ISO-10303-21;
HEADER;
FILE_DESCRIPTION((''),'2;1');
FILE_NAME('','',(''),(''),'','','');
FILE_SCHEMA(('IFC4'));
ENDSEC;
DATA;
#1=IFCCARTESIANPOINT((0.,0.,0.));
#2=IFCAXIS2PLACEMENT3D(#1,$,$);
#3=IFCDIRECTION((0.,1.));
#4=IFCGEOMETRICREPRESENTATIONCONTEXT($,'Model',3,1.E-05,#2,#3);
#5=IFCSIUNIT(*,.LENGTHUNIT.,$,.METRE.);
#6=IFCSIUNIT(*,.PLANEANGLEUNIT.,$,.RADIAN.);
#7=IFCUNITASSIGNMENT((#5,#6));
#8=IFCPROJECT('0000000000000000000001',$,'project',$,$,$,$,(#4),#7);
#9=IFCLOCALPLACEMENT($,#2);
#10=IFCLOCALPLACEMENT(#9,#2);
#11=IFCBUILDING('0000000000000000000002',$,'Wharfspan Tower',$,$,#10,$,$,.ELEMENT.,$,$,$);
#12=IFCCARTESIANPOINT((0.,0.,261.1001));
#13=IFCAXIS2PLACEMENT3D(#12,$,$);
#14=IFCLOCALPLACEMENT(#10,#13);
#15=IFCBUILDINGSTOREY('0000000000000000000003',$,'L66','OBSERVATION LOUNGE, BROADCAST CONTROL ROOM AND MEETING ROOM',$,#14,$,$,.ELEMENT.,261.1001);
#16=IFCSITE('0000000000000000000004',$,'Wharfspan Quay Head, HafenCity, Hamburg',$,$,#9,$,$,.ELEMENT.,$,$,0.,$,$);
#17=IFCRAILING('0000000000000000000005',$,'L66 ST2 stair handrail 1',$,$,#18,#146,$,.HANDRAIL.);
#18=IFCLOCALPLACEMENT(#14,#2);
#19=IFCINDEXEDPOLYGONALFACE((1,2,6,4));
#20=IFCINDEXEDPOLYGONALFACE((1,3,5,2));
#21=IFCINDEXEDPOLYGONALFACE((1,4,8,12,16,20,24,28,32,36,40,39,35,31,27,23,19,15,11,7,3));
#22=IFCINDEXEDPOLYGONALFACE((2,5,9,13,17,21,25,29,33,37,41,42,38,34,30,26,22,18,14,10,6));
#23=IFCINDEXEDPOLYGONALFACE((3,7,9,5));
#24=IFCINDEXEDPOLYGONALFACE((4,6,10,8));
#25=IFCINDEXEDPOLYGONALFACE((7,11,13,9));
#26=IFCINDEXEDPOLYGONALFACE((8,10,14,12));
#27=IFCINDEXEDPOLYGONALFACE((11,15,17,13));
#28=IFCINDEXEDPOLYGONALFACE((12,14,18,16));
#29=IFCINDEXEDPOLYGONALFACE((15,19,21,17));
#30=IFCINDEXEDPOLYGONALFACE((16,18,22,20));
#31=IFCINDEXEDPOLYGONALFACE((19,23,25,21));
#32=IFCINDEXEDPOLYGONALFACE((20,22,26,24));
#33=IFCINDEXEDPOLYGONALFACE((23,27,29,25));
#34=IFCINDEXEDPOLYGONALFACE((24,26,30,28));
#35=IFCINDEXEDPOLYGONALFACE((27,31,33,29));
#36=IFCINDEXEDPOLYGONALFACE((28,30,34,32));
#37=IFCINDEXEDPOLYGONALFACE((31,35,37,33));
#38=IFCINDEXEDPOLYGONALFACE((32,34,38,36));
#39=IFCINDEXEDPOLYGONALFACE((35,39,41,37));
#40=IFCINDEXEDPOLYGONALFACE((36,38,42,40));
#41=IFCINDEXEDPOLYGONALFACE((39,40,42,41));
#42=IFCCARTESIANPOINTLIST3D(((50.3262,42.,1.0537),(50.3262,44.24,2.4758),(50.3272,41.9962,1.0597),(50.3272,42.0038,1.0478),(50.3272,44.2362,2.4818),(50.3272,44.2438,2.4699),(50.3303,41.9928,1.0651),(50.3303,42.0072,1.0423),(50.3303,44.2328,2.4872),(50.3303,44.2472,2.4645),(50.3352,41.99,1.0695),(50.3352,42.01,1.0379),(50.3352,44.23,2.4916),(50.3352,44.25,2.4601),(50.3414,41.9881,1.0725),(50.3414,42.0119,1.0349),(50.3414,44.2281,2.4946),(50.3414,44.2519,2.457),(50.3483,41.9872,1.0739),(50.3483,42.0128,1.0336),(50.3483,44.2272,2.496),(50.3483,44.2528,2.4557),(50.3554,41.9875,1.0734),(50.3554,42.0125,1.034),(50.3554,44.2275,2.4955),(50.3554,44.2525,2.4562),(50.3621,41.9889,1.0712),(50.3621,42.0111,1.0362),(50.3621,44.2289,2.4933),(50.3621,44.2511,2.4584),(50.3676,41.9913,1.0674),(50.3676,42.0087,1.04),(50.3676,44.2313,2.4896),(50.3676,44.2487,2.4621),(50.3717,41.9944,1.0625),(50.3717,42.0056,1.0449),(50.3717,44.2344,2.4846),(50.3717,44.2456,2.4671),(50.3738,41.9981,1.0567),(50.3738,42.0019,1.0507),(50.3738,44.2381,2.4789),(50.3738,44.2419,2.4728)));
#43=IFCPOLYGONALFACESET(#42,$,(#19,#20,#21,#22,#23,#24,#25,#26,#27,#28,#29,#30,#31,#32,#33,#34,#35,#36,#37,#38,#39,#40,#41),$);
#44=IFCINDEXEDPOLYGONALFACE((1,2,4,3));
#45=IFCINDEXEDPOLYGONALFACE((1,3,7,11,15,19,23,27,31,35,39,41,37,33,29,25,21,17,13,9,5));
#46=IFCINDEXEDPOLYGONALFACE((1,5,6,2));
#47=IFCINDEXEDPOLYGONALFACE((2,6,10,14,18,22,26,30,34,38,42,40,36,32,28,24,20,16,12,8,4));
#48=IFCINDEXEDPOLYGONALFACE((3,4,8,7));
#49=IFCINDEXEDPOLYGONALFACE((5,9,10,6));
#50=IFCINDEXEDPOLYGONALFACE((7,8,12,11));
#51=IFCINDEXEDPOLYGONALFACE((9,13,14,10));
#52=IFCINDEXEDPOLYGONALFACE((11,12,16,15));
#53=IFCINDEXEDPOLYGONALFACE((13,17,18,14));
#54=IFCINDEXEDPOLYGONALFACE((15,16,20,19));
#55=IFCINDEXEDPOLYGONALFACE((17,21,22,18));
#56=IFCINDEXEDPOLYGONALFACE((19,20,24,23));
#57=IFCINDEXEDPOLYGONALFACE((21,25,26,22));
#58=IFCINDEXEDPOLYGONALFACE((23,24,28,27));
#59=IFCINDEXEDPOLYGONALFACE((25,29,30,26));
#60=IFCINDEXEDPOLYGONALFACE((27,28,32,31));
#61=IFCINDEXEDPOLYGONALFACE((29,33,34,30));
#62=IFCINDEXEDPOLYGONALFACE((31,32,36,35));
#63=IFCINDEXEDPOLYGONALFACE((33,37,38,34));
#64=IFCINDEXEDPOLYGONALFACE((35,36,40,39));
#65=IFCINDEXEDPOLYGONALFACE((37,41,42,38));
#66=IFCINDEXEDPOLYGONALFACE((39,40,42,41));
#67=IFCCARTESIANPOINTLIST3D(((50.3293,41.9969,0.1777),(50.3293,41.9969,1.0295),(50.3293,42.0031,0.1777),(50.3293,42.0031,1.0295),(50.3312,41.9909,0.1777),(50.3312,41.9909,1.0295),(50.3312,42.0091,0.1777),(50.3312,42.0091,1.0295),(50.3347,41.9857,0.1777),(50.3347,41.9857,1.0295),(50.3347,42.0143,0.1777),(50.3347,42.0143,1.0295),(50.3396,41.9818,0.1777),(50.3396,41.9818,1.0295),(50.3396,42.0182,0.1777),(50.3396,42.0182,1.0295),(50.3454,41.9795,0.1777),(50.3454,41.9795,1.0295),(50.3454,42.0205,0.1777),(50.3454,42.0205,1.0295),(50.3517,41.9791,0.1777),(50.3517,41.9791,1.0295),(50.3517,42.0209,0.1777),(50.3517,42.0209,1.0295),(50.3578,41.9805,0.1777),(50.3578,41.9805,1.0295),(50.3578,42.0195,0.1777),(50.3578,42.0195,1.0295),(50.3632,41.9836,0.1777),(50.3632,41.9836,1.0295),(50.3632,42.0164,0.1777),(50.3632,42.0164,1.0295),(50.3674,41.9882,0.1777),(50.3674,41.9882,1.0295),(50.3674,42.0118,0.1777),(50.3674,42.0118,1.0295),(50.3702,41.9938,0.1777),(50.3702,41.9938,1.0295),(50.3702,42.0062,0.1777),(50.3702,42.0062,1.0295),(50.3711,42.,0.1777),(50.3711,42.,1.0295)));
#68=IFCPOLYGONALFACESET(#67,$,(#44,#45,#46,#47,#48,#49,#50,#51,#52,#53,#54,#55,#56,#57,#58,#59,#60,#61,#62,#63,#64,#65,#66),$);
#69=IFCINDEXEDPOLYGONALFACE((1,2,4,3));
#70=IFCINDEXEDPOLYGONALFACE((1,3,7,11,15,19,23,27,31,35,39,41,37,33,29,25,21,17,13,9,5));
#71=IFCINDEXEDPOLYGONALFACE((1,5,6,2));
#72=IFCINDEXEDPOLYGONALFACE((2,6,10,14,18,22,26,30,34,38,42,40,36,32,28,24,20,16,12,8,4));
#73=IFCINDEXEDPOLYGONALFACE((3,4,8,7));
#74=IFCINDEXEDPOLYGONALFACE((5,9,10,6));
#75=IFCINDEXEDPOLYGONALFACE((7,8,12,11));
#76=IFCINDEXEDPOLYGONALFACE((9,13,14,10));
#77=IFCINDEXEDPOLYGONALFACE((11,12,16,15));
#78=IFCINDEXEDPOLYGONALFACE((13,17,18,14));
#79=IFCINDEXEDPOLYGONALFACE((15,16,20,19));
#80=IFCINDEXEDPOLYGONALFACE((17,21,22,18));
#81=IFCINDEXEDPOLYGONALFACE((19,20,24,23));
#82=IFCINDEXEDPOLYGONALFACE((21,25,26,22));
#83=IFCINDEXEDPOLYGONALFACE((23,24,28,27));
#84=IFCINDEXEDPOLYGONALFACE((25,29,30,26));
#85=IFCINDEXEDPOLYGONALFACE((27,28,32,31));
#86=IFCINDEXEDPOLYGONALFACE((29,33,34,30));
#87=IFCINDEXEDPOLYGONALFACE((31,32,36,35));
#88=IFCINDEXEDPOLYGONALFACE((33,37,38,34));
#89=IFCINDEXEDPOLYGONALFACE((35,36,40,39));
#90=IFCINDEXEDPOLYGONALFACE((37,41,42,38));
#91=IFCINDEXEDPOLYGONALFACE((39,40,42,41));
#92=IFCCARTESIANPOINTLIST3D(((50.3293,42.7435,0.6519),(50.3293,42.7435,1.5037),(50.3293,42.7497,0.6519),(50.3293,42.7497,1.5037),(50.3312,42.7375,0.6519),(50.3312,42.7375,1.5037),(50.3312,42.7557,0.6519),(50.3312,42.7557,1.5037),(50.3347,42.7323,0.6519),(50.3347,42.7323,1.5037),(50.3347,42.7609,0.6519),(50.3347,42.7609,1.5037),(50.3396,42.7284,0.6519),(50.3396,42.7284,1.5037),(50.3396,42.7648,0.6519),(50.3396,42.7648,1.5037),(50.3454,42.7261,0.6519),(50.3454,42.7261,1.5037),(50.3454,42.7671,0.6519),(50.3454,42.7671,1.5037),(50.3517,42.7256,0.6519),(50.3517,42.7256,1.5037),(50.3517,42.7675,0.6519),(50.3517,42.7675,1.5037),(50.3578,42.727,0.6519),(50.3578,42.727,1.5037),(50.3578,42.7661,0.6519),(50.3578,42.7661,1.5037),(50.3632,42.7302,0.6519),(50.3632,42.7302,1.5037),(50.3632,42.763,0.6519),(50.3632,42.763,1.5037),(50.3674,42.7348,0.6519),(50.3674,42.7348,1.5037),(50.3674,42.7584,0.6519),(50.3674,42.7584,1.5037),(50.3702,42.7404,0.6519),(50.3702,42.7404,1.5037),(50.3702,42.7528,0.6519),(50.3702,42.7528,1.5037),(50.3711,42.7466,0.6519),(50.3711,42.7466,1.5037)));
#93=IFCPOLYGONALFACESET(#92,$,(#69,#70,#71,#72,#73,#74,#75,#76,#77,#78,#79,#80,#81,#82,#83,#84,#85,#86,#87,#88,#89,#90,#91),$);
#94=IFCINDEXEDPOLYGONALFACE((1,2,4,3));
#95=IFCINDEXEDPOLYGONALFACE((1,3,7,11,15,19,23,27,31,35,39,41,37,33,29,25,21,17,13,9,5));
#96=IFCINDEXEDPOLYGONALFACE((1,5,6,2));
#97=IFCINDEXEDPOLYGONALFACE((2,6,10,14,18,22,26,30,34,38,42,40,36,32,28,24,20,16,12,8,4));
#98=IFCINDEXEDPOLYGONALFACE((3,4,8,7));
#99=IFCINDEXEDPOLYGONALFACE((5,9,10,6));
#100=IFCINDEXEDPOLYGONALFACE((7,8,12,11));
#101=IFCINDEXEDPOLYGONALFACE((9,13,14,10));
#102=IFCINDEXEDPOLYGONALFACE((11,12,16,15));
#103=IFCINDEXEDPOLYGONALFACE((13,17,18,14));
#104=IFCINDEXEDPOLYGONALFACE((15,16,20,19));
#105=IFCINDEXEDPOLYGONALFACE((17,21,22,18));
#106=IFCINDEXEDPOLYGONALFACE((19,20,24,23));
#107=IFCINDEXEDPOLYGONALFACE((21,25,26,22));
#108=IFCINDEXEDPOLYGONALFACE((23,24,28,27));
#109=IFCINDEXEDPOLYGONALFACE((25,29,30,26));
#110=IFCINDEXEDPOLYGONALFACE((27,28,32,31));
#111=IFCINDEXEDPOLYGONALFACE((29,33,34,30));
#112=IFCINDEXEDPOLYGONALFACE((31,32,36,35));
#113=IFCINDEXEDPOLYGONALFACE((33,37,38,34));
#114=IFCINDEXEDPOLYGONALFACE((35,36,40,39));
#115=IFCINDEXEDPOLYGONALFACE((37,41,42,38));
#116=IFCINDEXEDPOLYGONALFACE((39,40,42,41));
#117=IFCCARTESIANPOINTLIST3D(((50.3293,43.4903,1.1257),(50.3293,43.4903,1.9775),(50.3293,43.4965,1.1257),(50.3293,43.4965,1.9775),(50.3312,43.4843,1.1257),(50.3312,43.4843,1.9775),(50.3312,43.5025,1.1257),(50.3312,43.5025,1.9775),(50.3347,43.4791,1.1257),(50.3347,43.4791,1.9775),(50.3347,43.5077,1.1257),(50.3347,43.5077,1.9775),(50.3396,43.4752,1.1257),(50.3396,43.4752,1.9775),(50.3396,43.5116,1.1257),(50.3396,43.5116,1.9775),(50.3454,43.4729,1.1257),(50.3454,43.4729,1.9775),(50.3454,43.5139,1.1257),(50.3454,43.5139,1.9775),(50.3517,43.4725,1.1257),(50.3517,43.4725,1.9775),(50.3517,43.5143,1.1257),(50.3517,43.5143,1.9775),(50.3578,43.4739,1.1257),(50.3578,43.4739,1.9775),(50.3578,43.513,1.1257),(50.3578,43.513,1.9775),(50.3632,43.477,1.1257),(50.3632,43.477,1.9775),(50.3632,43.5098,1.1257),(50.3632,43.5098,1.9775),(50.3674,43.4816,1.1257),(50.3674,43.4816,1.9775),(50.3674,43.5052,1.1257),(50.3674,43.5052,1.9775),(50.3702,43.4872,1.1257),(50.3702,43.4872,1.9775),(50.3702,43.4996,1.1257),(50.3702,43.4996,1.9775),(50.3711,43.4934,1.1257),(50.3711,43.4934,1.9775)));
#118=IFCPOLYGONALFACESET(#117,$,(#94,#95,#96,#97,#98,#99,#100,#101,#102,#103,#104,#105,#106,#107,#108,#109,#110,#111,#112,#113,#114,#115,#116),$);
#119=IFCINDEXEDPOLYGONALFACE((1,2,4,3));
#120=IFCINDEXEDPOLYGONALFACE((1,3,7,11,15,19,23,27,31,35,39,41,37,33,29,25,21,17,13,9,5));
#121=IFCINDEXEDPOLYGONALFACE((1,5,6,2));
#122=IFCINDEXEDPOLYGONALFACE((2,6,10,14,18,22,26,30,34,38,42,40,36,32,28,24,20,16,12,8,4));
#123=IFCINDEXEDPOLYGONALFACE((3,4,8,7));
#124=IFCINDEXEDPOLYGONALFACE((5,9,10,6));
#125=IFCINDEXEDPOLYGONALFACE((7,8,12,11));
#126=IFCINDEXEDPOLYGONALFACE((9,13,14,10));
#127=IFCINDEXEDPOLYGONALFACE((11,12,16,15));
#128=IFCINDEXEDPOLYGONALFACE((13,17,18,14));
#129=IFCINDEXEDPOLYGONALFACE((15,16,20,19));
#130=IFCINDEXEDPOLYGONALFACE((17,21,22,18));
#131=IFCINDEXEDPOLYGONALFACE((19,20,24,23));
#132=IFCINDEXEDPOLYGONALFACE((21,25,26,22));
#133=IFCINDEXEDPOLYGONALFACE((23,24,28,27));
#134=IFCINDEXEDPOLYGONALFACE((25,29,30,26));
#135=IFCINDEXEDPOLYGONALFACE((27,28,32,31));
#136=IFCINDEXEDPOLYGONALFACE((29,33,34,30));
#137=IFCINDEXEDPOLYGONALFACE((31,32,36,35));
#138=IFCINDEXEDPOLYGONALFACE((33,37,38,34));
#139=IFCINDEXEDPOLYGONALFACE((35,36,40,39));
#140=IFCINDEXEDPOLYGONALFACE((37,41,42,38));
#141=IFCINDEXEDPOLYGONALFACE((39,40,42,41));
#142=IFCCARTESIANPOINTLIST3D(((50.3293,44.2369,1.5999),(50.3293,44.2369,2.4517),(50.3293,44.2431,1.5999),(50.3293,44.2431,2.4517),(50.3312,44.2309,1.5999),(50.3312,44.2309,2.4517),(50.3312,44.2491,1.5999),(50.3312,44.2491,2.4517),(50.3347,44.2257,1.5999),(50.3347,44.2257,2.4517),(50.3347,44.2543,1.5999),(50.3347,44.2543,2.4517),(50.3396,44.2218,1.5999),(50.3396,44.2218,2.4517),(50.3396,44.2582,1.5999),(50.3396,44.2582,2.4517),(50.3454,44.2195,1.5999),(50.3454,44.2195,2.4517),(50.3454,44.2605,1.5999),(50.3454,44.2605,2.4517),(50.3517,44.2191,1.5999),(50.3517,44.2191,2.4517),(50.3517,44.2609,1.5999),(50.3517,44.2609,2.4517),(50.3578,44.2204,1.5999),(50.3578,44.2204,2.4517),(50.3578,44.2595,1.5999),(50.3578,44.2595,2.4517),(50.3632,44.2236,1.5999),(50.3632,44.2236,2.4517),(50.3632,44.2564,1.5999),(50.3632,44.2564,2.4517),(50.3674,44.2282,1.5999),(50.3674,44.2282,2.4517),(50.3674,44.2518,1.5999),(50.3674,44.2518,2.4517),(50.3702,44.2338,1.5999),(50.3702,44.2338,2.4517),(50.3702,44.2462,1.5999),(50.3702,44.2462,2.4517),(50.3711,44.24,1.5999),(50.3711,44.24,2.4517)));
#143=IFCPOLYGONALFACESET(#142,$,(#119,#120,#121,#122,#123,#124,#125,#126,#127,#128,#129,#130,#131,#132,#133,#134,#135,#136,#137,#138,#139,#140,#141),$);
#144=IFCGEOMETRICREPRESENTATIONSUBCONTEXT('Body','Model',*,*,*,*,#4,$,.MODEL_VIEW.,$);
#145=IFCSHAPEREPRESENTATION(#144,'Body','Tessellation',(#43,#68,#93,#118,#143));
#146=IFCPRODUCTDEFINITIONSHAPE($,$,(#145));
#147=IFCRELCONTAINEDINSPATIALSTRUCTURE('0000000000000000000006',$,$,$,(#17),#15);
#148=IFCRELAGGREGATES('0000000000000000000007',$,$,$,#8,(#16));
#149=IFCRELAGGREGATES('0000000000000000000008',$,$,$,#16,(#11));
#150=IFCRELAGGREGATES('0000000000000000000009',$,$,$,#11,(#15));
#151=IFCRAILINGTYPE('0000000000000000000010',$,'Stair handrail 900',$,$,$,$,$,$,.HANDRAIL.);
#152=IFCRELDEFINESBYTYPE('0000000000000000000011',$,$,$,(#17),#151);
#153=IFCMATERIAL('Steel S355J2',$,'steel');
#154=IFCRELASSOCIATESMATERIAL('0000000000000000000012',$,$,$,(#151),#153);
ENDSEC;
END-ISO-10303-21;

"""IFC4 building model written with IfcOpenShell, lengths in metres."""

from ifc_helpers import new_model, si_unit, direction, frame, origin, origin_2d, place, context, subcontext, project, spatial, circle, extrude, material, type_object, element, save


model = new_model("IFC4")

# Units and contexts
model_context = context("Model", 3, precision=1e-05, world=origin(), true_north=direction((0.0, 1.0)))
body_context = subcontext(model_context, "Body", "Model", "MODEL_VIEW")
ifc_project = project(units=[si_unit("LENGTHUNIT", "METRE"), si_unit("PLANEANGLEUNIT", "RADIAN")], contexts=[model_context])

# Site, building, storey
site_placement = place(None, origin())
site = spatial("IfcSite", under=ifc_project, at=site_placement, Name="Wharfspan Quay Head, HafenCity, Hamburg", CompositionType="ELEMENT", RefElevation=0.0)
building_placement = place(site_placement, origin())
building = spatial("IfcBuilding", under=site, at=building_placement, Name="Wharfspan Tower", CompositionType="ELEMENT")
storey_placement = place(building_placement, frame((0.0, 0.0, 261.1001)))
storey = spatial("IfcBuildingStorey", under=building, at=storey_placement, Name="L66", Description="OBSERVATION LOUNGE, BROADCAST CONTROL ROOM AND MEETING ROOM", CompositionType="ELEMENT", Elevation=261.1001)

# Railing
ifc_material_1 = material(Name="Steel S355J2", Category="steel")
railing_type_1 = type_object("IfcRailingType", Name="Stair handrail 900", PredefinedType="HANDRAIL", material=ifc_material_1)
railing_1_placement = place(storey_placement, frame((50.3501, 42.0, 0.1777)))
element("IfcRailing", 1, at=railing_1_placement, inside=storey, type_object=railing_type_1, Name="L66 ST2 stair handrail 1", PredefinedType="HANDRAIL", context=body_context, shape_type="SweptSolid", body=[
    extrude(circle(Radius=0.0239, at=origin_2d()), frame((0.0, 0.0, 0.876), z_axis=(0.0, 0.844229, 0.535982), x_axis=(-1.0, 0.0, 0.0)), (0.0, 0.0, 1.0), 2.6533),
    extrude(circle(Radius=0.021, at=origin_2d()), origin(), (0.0, 0.0, 1.0), 0.8518),
    extrude(circle(Radius=0.021, at=origin_2d()), frame((0.0, 0.7466, 0.4741)), (0.0, 0.0, 1.0), 0.8518),
    extrude(circle(Radius=0.021, at=origin_2d()), frame((0.0, 1.4934, 0.948)), (0.0, 0.0, 1.0), 0.8518),
    extrude(circle(Radius=0.021, at=origin_2d()), frame((0.0, 2.24, 1.4221)), (0.0, 0.0, 1.0), 0.8518),
])

save(model, "model.ifc")
